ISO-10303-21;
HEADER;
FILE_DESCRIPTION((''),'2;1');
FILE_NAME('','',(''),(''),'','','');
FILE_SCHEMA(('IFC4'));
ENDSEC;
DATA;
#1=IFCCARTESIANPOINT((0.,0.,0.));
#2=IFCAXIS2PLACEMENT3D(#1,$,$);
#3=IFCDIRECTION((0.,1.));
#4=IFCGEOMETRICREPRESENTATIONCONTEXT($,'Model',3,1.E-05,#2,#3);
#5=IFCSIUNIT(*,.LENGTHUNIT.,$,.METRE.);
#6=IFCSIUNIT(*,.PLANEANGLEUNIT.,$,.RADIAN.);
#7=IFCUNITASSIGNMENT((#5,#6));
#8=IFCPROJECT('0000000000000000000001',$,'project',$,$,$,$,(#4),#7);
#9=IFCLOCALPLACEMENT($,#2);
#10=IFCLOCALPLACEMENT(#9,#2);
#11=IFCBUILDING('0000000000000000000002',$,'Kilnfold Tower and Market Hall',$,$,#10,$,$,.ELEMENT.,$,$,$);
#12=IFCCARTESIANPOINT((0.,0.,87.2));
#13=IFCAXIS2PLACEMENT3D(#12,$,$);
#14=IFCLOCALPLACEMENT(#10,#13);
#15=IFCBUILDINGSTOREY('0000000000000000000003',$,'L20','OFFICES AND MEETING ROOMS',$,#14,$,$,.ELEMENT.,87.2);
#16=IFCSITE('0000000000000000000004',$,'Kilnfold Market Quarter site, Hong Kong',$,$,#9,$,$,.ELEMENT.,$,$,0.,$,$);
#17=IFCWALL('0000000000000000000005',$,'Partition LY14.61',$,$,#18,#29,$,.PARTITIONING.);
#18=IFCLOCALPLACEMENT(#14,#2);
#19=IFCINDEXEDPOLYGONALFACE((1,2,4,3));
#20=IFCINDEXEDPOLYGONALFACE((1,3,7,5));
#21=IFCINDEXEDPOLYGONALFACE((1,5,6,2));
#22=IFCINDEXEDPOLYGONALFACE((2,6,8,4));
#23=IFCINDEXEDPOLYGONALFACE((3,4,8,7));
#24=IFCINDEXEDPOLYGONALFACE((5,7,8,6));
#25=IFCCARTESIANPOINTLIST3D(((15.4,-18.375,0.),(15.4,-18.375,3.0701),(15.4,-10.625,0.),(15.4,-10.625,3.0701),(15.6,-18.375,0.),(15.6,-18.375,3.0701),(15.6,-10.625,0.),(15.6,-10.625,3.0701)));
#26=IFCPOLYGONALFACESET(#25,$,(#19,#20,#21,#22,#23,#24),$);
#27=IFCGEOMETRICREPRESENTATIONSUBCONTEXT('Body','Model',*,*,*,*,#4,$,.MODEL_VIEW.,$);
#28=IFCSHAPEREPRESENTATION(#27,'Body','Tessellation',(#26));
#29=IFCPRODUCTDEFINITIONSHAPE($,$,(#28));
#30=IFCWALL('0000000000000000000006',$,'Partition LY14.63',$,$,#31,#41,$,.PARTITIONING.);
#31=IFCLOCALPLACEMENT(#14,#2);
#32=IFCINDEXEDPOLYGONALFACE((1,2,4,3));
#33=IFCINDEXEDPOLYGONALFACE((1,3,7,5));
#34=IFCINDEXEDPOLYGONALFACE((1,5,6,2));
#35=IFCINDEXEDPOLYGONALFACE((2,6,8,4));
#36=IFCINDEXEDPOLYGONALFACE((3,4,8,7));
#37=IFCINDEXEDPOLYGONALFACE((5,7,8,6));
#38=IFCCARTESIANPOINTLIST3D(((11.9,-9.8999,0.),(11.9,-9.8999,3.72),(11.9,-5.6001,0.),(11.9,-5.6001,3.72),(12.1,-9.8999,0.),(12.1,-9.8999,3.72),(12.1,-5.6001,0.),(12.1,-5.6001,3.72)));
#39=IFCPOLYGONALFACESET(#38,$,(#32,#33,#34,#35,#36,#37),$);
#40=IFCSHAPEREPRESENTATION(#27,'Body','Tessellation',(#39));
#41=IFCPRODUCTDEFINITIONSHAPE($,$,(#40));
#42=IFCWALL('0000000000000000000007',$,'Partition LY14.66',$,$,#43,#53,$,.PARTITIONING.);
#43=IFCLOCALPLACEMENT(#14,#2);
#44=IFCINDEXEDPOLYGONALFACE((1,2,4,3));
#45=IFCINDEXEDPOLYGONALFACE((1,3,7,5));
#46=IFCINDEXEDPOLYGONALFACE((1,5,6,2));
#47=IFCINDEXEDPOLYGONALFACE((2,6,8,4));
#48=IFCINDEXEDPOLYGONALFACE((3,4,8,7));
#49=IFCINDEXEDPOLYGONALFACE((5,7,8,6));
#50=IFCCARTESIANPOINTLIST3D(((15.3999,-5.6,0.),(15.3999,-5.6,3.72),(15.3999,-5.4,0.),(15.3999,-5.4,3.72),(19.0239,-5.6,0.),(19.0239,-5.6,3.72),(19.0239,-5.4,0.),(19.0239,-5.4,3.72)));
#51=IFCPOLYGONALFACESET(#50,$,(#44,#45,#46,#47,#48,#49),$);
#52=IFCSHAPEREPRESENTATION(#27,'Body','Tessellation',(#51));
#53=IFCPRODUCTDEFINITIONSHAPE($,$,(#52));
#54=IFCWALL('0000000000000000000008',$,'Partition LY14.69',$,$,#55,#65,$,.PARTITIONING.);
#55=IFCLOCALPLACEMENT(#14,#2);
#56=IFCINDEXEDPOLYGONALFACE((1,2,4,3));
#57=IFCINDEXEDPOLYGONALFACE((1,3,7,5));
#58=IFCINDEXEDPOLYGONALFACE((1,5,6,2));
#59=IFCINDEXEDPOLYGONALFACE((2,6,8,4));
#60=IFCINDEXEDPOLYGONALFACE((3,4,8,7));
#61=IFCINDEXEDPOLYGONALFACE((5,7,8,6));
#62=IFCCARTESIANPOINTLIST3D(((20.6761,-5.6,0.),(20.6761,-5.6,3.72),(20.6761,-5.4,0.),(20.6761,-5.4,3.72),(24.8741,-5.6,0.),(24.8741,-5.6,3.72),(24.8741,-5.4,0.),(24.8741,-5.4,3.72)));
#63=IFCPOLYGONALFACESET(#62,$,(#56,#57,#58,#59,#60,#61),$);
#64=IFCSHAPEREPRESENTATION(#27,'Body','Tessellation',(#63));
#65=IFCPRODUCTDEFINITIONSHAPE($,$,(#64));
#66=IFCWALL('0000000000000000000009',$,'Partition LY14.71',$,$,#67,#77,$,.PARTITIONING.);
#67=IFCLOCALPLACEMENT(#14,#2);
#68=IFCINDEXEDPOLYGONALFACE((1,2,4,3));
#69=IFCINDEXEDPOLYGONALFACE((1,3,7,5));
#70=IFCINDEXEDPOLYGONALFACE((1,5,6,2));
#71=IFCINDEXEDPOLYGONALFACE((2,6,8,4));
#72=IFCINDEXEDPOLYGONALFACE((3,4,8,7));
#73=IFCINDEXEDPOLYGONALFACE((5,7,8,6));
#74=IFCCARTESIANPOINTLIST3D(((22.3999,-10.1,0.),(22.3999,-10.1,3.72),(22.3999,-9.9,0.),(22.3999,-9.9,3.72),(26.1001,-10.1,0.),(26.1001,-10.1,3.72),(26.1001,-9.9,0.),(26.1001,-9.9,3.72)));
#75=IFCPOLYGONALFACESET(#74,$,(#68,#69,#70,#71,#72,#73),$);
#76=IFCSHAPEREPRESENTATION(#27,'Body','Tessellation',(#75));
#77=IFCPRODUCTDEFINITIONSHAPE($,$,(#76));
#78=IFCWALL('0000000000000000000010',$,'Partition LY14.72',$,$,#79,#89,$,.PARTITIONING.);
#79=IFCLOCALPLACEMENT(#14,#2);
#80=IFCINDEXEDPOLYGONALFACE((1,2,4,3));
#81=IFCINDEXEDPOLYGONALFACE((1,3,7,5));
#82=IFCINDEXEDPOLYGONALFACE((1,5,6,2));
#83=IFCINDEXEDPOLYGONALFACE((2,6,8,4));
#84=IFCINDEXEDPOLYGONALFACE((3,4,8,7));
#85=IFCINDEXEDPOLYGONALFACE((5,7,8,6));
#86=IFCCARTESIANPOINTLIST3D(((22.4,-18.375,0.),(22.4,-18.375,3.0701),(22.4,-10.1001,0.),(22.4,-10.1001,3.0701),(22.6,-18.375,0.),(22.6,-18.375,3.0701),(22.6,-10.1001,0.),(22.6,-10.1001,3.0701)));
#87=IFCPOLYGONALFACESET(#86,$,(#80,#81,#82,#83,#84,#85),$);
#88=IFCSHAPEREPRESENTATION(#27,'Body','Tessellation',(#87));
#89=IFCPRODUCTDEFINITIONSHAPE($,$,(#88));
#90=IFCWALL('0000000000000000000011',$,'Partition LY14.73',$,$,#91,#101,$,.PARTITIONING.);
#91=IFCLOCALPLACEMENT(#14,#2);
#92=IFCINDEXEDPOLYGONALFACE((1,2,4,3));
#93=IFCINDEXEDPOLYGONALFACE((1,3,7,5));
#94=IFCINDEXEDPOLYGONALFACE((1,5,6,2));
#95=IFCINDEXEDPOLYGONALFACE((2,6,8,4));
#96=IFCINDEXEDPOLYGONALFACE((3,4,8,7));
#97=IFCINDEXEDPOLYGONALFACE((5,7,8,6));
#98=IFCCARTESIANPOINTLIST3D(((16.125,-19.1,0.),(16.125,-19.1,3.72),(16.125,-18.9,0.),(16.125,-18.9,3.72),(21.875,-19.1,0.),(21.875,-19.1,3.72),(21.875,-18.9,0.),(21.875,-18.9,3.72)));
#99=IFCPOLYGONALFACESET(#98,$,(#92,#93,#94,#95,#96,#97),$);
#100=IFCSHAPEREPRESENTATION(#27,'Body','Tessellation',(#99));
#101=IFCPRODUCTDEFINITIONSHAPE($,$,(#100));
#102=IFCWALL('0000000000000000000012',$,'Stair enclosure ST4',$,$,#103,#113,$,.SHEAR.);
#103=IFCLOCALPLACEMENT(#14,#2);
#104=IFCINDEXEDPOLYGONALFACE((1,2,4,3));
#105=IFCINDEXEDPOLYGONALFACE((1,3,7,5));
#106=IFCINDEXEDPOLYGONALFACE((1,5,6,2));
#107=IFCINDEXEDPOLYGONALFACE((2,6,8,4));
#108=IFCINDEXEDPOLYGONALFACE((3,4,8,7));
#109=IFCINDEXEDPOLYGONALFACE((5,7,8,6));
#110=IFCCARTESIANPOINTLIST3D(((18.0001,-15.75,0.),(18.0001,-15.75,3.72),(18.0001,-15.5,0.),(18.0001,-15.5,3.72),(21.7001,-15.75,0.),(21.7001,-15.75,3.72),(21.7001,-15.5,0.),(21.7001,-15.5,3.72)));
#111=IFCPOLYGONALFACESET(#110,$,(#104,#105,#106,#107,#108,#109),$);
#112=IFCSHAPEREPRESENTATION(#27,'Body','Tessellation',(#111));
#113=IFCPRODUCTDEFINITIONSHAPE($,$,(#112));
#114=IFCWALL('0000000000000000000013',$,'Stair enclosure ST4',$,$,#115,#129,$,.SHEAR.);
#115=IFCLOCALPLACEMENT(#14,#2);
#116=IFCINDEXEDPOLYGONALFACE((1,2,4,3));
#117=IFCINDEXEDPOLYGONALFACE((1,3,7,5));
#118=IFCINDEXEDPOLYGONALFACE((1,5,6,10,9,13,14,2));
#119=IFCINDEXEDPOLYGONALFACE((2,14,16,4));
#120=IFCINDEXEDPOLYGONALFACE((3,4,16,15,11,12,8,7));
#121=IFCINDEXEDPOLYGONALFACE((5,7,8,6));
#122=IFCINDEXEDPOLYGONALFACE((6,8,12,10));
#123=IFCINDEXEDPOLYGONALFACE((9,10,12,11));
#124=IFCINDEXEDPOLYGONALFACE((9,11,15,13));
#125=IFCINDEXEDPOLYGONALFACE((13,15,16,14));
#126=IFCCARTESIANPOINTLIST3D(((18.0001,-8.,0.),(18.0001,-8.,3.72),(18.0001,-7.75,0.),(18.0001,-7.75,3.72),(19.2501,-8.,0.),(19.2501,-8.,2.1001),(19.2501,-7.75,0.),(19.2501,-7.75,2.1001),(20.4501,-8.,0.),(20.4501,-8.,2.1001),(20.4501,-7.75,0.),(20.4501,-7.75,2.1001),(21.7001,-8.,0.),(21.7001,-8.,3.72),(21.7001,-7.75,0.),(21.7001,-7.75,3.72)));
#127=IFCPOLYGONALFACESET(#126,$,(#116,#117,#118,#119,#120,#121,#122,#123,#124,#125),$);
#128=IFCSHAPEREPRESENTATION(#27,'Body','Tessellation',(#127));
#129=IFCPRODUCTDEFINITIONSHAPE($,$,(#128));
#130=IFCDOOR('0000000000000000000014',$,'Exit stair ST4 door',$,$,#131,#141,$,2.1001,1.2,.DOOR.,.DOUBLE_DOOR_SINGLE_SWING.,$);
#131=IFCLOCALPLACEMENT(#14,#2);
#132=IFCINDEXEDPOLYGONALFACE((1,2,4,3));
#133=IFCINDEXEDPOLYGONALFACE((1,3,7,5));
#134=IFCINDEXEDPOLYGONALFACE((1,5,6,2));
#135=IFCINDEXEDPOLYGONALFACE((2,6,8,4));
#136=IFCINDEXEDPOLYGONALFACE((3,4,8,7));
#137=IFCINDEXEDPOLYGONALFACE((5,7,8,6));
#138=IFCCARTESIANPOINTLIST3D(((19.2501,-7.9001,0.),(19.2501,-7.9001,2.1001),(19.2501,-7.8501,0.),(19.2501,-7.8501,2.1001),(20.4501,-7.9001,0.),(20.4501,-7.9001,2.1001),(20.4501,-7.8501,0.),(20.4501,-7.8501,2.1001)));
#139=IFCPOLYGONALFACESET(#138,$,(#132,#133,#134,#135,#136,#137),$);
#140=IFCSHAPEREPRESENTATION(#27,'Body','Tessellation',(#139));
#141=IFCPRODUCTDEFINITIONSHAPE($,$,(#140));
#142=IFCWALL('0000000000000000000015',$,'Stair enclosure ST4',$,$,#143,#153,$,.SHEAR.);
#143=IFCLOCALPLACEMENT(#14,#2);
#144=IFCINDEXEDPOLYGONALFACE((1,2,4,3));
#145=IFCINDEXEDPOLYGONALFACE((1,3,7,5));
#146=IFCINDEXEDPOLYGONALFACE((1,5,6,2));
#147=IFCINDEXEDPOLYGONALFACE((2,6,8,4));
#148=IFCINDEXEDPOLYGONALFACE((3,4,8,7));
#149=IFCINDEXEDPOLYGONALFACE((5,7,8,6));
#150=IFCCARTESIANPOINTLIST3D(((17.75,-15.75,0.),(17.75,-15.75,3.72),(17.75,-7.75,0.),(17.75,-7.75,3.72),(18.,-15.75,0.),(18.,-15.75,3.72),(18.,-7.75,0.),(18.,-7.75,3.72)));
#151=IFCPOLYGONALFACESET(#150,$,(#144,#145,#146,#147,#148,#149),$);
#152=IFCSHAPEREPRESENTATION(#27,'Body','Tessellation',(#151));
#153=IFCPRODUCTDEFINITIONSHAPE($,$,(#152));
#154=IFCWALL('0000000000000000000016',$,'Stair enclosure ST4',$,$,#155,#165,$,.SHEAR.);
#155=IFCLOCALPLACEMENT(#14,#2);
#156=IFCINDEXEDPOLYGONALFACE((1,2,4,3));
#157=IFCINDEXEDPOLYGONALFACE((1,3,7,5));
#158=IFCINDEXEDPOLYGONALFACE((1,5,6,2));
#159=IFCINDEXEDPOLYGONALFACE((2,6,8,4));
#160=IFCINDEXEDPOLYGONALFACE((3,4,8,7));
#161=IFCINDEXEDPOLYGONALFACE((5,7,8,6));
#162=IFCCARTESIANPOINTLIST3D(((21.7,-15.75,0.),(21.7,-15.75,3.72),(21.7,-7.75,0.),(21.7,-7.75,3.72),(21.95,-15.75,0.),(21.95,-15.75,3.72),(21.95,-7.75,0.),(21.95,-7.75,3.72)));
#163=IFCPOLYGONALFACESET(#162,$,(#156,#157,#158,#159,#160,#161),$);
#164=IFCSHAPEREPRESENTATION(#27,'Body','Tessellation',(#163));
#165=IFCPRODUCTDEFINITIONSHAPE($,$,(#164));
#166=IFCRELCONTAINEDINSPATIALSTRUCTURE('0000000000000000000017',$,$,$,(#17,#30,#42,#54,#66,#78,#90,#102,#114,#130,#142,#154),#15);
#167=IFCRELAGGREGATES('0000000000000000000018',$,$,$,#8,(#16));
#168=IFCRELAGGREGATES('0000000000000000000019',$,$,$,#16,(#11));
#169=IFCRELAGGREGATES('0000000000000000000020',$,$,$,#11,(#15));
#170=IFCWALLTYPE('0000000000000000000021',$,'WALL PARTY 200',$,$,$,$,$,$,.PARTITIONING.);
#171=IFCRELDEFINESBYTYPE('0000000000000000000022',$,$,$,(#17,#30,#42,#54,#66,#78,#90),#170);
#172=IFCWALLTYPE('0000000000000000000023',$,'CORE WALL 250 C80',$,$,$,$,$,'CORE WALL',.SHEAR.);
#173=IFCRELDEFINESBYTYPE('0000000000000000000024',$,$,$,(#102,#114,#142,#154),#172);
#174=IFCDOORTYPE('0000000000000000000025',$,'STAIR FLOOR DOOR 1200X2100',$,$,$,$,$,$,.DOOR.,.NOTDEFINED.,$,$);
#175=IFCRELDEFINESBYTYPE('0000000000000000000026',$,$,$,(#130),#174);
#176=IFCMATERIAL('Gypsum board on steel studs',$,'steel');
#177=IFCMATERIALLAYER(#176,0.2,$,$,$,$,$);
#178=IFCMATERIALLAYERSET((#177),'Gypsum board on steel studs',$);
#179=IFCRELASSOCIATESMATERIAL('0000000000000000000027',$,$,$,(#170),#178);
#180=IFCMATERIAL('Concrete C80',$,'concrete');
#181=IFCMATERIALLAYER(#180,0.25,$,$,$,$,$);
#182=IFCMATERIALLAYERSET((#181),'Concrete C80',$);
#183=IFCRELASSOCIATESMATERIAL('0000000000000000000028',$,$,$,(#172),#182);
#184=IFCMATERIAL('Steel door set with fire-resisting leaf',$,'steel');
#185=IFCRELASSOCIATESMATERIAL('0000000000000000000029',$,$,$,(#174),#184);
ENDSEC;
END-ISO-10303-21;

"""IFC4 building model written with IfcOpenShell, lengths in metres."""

from ifc_helpers import new_model, si_unit, direction, frame, frame_2d, origin, place, context, subcontext, project, spatial, rectangle, extrude, source, transform, mapped, material, layer, layer_set, type_object, element, fill, save


model = new_model("IFC4")

# Units and contexts
model_context = context("Model", 3, precision=1e-05, world=origin(), true_north=direction((0.0, 1.0)))
body_context = subcontext(model_context, "Body", "Model", "MODEL_VIEW")
ifc_project = project(units=[si_unit("LENGTHUNIT", "METRE"), si_unit("PLANEANGLEUNIT", "RADIAN")], contexts=[model_context])

# Site, building, storey
site_placement = place(None, origin())
site = spatial("IfcSite", under=ifc_project, at=site_placement, Name="Kilnfold Market Quarter site, Hong Kong", CompositionType="ELEMENT", RefElevation=0.0)
building_placement = place(site_placement, origin())
building = spatial("IfcBuilding", under=site, at=building_placement, Name="Kilnfold Tower and Market Hall", CompositionType="ELEMENT")
storey_placement = place(building_placement, frame((0.0, 0.0, 87.2)))
storey = spatial("IfcBuildingStorey", under=building, at=storey_placement, Name="L20", Description="OFFICES AND MEETING ROOMS", CompositionType="ELEMENT", Elevation=87.2)

# Walls
ifc_material_1 = material(Name="Gypsum board on steel studs", Category="steel")
ifc_layer_1 = layer(ifc_material_1, 0.2)
ifc_layer_set_1 = layer_set([ifc_layer_1], Name="Gypsum board on steel studs")
wall_type_1 = type_object("IfcWallType", Name="WALL PARTY 200", PredefinedType="PARTITIONING", material=ifc_layer_set_1)
wall_1_placement = place(storey_placement, frame((15.5, -18.375, 0.0), z_axis=(0.0, 0.0, 1.0), x_axis=(0.0, 1.0, 0.0)))
element("IfcWall", 1, at=wall_1_placement, inside=storey, type_object=wall_type_1, Name="Partition LY14.61", PredefinedType="PARTITIONING", context=body_context, shape_type="SweptSolid", body=[
    extrude(rectangle(XDim=7.75, YDim=0.2, at=frame_2d((3.875, 0.0))), origin(), (0.0, 0.0, 1.0), 3.0701),
])
wall_2_placement = place(storey_placement, frame((12.0, -9.8999, 0.0), z_axis=(0.0, 0.0, 1.0), x_axis=(0.0, 1.0, 0.0)))
element("IfcWall", 2, at=wall_2_placement, inside=storey, type_object=wall_type_1, Name="Partition LY14.63", PredefinedType="PARTITIONING", context=body_context, shape_type="SweptSolid", body=[
    extrude(rectangle(XDim=4.2998, YDim=0.2, at=frame_2d((2.1499, 0.0))), origin(), (0.0, 0.0, 1.0), 3.72),
])
wall_3_placement = place(storey_placement, frame((15.3999, -5.5, 0.0), z_axis=(0.0, 0.0, 1.0), x_axis=(1.0, 0.0, 0.0)))
element("IfcWall", 3, at=wall_3_placement, inside=storey, type_object=wall_type_1, Name="Partition LY14.66", PredefinedType="PARTITIONING", context=body_context, shape_type="SweptSolid", body=[
    extrude(rectangle(XDim=3.624, YDim=0.2, at=frame_2d((1.812, 0.0))), origin(), (0.0, 0.0, 1.0), 3.72),
])
wall_4_placement = place(storey_placement, frame((20.676, -5.5, 0.0), z_axis=(0.0, 0.0, 1.0), x_axis=(1.0, 0.0, 0.0)))
element("IfcWall", 4, at=wall_4_placement, inside=storey, type_object=wall_type_1, Name="Partition LY14.69", PredefinedType="PARTITIONING", context=body_context, shape_type="SweptSolid", body=[
    extrude(rectangle(XDim=4.198, YDim=0.2, at=frame_2d((2.0991, 0.0))), origin(), (0.0, 0.0, 1.0), 3.72),
])
wall_5_placement = place(storey_placement, frame((22.3999, -10.0, 0.0), z_axis=(0.0, 0.0, 1.0), x_axis=(1.0, 0.0, 0.0)))
element("IfcWall", 5, at=wall_5_placement, inside=storey, type_object=wall_type_1, Name="Partition LY14.71", PredefinedType="PARTITIONING", context=body_context, shape_type="SweptSolid", body=[
    extrude(rectangle(XDim=3.7002, YDim=0.2, at=frame_2d((1.8501, 0.0))), origin(), (0.0, 0.0, 1.0), 3.72),
])
wall_6_placement = place(storey_placement, frame((22.5, -18.375, 0.0), z_axis=(0.0, 0.0, 1.0), x_axis=(0.0, 1.0, 0.0)))
element("IfcWall", 6, at=wall_6_placement, inside=storey, type_object=wall_type_1, Name="Partition LY14.72", PredefinedType="PARTITIONING", context=body_context, shape_type="SweptSolid", body=[
    extrude(rectangle(XDim=8.2749, YDim=0.2, at=frame_2d((4.1375, 0.0))), origin(), (0.0, 0.0, 1.0), 3.0701),
])
wall_7_placement = place(storey_placement, frame((16.125, -19.0, 0.0), z_axis=(0.0, 0.0, 1.0), x_axis=(1.0, 0.0, 0.0)))
element("IfcWall", 7, at=wall_7_placement, inside=storey, type_object=wall_type_1, Name="Partition LY14.73", PredefinedType="PARTITIONING", context=body_context, shape_type="SweptSolid", body=[
    extrude(rectangle(XDim=5.75, YDim=0.2, at=frame_2d((2.875, 0.0))), origin(), (0.0, 0.0, 1.0), 3.72),
])
ifc_material_2 = material(Name="Concrete C80", Category="concrete")
ifc_layer_2 = layer(ifc_material_2, 0.25)
ifc_layer_set_2 = layer_set([ifc_layer_2], Name="Concrete C80")
wall_type_2 = type_object("IfcWallType", Name="CORE WALL 250 C80", ElementType="CORE WALL", PredefinedType="SHEAR", material=ifc_layer_set_2)
shared_shape_1 = source(origin(), body_context, "Body", "SweptSolid", [
    extrude(rectangle(XDim=3.7, YDim=0.25, at=frame_2d((1.8501, 0.0))), origin(), (0.0, 0.0, 1.0), 3.72),
])
wall_8_placement = place(storey_placement, frame((18.0, -15.625, 0.0), z_axis=(0.0, 0.0, 1.0), x_axis=(1.0, 0.0, 0.0)))
element("IfcWall", 8, at=wall_8_placement, inside=storey, type_object=wall_type_2, Name="Stair enclosure ST4", PredefinedType="SHEAR", context=body_context, shape_type="MappedRepresentation", body=[
    mapped(shared_shape_1, transform((0.0, 0.0, 0.0))),
])

# Wall, opening, door
wall_9_placement = place(storey_placement, frame((18.0, -7.875, 0.0), z_axis=(0.0, 0.0, 1.0), x_axis=(1.0, 0.0, 0.0)))
wall_9 = element("IfcWall", 9, at=wall_9_placement, inside=storey, type_object=wall_type_2, Name="Stair enclosure ST4", PredefinedType="SHEAR", context=body_context, shape_type="MappedRepresentation", body=[
    mapped(shared_shape_1, transform((0.0, 0.0, 0.0))),
])
opening_placement = place(wall_9_placement, frame((1.25, 0.0, 0.0)))
opening = element("IfcOpeningElement", 10, at=opening_placement, cuts=wall_9, PredefinedType="OPENING", context=body_context, shape_type="SweptSolid", body=[
    extrude(rectangle(XDim=1.2, YDim=2.1001, at=frame_2d((0.6001, 1.05))), frame((0.0, 0.135, 0.0), z_axis=(0.0, -1.0, 0.0), x_axis=(1.0, 0.0, 0.0)), (0.0, 0.0, 1.0), 0.27),
])
ifc_material_3 = material(Name="Steel door set with fire-resisting leaf", Category="steel")
door_type = type_object("IfcDoorType", Name="STAIR FLOOR DOOR 1200X2100", OperationType="NOTDEFINED", PredefinedType="DOOR", material=ifc_material_3)
door_placement = place(opening_placement, origin())
door = element("IfcDoor", 11, at=door_placement, inside=storey, type_object=door_type, Name="Exit stair ST4 door", OperationType="DOUBLE_DOOR_SINGLE_SWING", OverallHeight=2.1001, OverallWidth=1.2, PredefinedType="DOOR", context=body_context, shape_type="SweptSolid", body=[
    extrude(rectangle(XDim=1.2, YDim=2.1001, at=frame_2d((0.6001, 1.05))), frame((0.0, 0.0249, 0.0), z_axis=(0.0, -1.0, 0.0), x_axis=(1.0, 0.0, 0.0)), (0.0, 0.0, 1.0), 0.05),
])
fill(opening, door)

# Walls
shared_shape_2 = source(origin(), body_context, "Body", "SweptSolid", [
    extrude(rectangle(XDim=8.0, YDim=0.25, at=frame_2d((4.0, 0.0))), origin(), (0.0, 0.0, 1.0), 3.72),
])
for number, where, z_axis, x_axis, name in (
    (12, (17.875, -15.75, 0.0), (0.0, 0.0, 1.0), (0.0, 1.0, 0.0), "Stair enclosure ST4"),
    (13, (21.825, -15.75, 0.0), (0.0, 0.0, 1.0), (0.0, 1.0, 0.0), "Stair enclosure ST4"),
):
    element("IfcWall", number, at=place(storey_placement, frame(where, z_axis=z_axis, x_axis=x_axis)), inside=storey, type_object=wall_type_2, Name=name, PredefinedType="SHEAR", context=body_context, shape_type="MappedRepresentation", body=[
        mapped(shared_shape_2, transform((0.0, 0.0, 0.0))),
    ])

save(model, "model.ifc")
